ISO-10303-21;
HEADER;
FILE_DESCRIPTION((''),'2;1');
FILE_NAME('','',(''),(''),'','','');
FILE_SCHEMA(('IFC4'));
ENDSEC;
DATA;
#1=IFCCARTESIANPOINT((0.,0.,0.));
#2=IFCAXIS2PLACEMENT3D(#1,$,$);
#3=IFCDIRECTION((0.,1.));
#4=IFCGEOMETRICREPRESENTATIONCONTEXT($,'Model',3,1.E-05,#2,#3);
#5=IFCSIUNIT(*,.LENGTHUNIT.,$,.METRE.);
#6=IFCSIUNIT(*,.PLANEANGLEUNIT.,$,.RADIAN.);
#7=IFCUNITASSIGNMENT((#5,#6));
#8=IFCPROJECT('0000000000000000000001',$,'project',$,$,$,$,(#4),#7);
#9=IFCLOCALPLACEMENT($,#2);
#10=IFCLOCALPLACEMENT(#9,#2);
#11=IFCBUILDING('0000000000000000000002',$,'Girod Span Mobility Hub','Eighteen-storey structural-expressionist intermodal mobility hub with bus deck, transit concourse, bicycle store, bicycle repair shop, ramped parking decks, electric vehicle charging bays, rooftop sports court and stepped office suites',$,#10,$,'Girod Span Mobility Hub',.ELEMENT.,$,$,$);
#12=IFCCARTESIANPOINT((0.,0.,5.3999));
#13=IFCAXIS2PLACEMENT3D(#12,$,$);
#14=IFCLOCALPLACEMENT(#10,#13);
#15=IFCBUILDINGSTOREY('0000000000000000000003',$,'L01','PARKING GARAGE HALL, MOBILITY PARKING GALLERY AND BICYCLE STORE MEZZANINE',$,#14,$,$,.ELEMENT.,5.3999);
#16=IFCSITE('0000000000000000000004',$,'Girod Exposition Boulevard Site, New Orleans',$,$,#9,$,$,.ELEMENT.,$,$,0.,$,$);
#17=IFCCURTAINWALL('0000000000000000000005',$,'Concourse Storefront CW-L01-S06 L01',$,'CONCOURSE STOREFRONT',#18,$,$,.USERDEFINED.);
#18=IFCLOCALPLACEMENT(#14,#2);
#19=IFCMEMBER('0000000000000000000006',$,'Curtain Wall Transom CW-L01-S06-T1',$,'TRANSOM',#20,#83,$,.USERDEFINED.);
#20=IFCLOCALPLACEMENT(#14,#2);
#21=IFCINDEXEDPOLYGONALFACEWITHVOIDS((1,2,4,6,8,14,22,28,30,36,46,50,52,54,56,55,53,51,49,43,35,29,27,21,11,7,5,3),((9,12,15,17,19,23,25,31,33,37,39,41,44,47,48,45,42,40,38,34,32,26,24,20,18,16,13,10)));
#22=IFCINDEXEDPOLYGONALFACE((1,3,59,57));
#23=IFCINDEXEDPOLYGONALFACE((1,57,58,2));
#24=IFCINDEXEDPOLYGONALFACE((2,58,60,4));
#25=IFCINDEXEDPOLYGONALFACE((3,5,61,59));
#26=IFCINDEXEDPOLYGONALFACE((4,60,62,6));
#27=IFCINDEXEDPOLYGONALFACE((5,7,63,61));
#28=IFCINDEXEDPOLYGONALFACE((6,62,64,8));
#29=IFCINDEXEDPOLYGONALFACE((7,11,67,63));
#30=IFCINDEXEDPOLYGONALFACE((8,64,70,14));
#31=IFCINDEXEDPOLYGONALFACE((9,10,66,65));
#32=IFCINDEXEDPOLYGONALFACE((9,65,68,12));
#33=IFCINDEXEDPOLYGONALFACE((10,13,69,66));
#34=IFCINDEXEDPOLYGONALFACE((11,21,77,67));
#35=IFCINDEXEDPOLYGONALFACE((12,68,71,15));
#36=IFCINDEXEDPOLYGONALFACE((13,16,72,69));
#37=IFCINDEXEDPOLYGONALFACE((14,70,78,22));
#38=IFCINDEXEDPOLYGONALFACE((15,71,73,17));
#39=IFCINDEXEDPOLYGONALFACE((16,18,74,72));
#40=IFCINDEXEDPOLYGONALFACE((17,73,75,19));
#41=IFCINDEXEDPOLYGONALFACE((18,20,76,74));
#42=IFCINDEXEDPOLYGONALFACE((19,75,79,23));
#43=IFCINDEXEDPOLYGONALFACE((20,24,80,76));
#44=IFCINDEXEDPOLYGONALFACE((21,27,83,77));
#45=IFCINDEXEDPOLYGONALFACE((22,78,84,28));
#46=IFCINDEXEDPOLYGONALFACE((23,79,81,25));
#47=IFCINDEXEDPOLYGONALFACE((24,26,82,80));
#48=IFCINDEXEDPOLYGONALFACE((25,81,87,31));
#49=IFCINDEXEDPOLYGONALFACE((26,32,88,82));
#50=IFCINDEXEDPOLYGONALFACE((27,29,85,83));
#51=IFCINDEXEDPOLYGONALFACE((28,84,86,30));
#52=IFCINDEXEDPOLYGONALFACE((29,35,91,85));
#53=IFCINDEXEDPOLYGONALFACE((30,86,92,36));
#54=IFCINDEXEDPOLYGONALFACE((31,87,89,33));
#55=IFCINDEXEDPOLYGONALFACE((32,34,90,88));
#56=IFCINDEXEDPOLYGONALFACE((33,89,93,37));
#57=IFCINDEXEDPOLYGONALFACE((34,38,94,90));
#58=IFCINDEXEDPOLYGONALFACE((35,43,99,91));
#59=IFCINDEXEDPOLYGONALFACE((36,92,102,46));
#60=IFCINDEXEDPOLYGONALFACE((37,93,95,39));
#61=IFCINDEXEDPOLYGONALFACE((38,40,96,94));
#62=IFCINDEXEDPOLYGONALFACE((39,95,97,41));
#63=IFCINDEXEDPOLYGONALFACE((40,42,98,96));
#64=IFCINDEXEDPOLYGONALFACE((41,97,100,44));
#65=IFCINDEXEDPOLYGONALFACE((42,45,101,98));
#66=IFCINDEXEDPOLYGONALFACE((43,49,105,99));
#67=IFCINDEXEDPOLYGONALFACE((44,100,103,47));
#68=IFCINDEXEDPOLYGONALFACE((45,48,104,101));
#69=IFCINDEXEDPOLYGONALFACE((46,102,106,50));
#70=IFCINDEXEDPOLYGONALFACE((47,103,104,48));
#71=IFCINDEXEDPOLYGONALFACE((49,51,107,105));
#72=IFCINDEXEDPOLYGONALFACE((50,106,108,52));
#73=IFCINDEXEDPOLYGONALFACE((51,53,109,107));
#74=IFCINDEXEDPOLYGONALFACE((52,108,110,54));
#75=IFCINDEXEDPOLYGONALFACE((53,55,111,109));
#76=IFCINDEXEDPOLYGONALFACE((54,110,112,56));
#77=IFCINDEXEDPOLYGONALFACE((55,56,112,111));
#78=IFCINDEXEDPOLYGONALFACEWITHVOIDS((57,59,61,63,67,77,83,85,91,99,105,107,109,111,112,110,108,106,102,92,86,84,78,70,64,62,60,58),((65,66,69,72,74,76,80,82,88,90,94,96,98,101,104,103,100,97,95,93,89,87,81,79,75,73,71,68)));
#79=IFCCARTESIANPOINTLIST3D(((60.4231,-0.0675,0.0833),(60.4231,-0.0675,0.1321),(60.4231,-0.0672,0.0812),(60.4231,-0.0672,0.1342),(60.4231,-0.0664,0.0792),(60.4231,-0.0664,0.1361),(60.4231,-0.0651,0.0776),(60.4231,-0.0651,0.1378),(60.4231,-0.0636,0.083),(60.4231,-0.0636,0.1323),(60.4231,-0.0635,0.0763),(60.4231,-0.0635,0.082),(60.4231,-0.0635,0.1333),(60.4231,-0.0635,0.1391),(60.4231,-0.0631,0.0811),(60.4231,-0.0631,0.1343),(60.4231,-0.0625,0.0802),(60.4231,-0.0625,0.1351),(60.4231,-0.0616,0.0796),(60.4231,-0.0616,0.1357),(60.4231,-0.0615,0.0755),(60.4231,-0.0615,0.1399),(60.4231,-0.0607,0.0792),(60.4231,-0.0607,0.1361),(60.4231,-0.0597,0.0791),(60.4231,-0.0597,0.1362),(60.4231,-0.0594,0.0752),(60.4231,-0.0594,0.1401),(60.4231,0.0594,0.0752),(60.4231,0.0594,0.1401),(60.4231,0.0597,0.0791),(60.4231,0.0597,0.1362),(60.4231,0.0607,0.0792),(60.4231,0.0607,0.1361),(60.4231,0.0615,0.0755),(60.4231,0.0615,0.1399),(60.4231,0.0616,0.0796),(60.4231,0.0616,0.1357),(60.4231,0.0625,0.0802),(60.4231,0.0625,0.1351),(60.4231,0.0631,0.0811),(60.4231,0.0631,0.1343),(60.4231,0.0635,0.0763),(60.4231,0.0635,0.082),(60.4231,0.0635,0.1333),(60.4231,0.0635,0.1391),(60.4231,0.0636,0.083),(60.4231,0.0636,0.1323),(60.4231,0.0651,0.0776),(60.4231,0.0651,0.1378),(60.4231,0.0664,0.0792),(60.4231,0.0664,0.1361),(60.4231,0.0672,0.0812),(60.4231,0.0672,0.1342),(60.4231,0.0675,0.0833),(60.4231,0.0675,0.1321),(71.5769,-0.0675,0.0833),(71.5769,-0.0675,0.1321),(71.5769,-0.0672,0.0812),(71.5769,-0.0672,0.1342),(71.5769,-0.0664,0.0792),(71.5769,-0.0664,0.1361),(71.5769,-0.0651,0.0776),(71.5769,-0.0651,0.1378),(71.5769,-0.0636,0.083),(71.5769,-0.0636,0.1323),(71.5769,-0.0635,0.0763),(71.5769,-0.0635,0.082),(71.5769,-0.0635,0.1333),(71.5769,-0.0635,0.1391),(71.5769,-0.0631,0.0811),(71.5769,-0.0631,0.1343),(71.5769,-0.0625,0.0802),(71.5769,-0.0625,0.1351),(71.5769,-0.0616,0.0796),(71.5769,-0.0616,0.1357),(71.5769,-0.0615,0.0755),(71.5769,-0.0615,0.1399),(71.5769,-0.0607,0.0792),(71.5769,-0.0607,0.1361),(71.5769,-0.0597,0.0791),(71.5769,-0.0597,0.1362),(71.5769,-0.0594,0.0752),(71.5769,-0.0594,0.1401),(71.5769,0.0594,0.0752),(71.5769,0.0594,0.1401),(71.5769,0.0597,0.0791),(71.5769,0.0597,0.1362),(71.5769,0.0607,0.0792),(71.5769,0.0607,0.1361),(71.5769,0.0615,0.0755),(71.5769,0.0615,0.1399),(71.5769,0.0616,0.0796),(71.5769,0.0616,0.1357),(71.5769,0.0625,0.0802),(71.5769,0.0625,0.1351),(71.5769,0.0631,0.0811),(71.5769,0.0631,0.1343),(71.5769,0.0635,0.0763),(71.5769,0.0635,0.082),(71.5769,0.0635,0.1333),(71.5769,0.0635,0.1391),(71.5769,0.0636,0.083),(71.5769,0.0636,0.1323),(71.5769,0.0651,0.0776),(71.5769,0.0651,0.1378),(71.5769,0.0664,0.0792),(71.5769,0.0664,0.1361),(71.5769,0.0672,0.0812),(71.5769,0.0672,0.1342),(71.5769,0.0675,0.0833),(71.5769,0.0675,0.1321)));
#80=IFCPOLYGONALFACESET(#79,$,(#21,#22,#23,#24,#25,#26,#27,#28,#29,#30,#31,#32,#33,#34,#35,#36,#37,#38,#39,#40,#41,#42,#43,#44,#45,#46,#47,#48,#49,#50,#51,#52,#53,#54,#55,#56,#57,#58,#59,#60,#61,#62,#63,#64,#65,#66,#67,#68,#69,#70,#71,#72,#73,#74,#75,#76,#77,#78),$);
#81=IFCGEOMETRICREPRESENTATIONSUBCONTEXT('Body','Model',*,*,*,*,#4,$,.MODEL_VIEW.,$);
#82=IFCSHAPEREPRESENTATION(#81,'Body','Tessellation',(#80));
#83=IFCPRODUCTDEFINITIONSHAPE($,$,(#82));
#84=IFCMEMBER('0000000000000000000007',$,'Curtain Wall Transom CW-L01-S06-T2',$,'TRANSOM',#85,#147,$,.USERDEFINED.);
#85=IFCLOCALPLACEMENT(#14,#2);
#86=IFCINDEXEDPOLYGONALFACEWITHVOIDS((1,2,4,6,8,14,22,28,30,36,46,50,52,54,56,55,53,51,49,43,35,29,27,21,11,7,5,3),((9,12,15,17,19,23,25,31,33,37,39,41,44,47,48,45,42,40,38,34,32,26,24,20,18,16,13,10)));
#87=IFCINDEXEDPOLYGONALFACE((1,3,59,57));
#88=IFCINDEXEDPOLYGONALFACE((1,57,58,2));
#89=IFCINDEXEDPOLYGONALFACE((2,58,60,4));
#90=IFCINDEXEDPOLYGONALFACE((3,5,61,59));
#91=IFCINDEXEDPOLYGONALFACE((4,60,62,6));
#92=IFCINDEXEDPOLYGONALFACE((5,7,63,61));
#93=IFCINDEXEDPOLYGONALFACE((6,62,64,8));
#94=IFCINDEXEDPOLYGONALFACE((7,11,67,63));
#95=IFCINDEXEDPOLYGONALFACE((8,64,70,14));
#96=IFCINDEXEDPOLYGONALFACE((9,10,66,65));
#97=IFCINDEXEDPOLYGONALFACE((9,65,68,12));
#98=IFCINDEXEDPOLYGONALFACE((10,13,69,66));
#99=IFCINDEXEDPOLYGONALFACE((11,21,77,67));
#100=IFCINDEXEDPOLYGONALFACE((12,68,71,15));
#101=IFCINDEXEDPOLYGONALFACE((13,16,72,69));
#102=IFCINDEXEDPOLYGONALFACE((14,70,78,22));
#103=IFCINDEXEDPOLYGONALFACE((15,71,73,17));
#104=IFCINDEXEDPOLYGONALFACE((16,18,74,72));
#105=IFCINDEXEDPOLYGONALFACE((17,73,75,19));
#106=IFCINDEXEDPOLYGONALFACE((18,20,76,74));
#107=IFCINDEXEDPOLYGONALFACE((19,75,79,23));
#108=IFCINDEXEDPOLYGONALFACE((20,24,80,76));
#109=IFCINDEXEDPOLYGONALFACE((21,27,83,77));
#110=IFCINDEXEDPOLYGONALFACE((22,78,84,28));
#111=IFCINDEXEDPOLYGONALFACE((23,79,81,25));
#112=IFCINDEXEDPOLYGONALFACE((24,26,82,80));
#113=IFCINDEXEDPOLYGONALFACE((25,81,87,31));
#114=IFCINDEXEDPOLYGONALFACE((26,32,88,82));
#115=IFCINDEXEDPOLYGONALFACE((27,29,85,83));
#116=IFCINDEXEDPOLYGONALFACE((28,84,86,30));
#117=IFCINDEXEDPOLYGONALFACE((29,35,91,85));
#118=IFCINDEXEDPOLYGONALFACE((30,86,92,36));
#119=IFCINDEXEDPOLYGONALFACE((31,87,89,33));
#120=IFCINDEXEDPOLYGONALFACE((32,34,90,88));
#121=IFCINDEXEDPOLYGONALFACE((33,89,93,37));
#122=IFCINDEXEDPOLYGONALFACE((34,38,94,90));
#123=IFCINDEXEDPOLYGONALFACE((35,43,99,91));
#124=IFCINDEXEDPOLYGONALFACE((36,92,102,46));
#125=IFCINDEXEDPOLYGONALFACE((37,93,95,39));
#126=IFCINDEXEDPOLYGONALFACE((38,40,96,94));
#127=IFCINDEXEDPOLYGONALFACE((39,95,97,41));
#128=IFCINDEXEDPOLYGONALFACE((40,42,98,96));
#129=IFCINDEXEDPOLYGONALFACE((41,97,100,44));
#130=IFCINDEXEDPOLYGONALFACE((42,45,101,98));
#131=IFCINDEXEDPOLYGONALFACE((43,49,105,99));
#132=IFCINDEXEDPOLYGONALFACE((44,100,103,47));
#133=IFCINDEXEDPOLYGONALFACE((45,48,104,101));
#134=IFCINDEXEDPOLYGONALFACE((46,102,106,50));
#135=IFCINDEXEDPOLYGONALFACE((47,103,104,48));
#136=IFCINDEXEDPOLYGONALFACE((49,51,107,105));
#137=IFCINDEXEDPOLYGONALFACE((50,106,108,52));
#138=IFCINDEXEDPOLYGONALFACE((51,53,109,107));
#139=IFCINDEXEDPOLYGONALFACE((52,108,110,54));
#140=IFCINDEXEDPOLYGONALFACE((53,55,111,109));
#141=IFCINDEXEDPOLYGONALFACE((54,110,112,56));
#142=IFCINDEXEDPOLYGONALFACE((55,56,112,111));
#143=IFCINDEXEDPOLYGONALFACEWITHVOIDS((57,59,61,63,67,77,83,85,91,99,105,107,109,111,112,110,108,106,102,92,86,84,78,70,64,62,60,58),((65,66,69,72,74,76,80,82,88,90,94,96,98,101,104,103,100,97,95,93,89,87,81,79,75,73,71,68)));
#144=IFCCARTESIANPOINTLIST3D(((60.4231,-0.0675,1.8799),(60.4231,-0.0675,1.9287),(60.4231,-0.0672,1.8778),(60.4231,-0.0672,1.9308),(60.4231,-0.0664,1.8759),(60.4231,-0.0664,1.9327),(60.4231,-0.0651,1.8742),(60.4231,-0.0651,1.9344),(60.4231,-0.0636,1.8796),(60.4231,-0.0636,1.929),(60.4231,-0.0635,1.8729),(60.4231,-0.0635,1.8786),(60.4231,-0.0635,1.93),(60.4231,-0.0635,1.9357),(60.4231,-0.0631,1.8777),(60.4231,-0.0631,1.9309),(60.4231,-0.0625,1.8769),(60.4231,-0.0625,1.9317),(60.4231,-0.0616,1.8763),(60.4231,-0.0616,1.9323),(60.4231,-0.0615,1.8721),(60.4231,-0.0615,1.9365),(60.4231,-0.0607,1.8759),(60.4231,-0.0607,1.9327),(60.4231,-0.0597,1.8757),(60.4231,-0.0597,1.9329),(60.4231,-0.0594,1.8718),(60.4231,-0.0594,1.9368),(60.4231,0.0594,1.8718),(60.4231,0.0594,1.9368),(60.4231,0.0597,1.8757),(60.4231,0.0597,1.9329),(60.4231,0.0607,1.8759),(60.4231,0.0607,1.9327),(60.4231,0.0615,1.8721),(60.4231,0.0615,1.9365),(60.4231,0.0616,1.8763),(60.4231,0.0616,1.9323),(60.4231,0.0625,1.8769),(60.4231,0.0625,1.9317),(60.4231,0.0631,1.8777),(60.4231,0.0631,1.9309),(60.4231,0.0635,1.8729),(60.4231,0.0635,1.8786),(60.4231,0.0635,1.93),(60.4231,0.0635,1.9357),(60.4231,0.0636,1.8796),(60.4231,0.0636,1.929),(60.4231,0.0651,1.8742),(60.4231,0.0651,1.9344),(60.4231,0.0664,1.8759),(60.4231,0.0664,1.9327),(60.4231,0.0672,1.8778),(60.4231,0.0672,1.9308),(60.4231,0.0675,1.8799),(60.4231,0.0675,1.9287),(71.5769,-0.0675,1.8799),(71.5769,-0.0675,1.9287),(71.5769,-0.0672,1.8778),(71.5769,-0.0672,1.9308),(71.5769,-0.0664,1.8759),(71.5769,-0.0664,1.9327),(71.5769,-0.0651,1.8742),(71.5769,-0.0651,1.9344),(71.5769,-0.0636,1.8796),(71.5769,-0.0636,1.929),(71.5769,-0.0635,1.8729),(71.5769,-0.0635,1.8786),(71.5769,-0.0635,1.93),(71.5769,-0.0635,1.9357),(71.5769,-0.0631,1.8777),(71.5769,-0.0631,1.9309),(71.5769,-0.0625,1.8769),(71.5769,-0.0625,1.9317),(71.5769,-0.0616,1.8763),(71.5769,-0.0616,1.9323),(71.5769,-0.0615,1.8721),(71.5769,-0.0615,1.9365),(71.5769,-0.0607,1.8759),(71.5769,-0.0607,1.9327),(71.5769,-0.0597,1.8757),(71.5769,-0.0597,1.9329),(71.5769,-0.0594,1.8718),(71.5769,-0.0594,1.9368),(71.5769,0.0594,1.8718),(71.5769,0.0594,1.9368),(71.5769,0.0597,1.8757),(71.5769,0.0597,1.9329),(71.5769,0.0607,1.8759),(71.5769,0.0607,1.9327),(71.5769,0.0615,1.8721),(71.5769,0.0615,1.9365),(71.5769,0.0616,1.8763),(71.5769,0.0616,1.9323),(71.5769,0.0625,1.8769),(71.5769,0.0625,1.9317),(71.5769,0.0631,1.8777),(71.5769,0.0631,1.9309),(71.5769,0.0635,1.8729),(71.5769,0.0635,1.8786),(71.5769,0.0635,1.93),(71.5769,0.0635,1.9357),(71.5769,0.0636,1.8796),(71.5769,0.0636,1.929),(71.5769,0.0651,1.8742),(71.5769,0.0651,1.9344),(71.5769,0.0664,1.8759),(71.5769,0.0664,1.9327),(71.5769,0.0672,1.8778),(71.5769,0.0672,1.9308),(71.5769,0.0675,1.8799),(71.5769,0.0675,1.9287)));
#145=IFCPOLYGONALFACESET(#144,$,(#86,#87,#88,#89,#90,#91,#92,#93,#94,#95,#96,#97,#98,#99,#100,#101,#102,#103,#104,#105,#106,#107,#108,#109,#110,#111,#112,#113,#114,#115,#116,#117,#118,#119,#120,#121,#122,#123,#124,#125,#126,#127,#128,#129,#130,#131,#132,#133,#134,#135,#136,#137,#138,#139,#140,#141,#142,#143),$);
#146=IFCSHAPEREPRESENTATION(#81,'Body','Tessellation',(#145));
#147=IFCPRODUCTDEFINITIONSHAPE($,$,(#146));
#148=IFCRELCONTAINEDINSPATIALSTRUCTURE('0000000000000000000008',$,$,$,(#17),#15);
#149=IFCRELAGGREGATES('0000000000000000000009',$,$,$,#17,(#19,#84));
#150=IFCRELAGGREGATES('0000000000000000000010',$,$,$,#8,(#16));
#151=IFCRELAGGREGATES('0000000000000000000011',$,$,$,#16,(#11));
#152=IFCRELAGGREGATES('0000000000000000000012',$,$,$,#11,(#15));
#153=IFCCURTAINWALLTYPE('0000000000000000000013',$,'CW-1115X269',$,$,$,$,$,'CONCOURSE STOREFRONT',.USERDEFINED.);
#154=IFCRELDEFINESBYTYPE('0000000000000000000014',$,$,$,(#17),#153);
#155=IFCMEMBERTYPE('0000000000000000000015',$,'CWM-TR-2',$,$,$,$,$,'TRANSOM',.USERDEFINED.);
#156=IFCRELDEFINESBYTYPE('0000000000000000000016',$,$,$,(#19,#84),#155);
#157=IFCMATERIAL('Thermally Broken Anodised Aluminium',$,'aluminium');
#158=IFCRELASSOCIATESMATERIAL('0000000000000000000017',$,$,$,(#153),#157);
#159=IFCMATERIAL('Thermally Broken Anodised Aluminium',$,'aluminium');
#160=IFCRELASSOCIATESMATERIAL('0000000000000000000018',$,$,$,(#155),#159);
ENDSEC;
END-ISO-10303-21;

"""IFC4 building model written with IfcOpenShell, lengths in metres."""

from ifc_helpers import new_model, si_unit, direction, frame, origin, origin_2d, place, context, subcontext, project, spatial, hollow_rectangle, extrude, material, material_profile, profile_set, type_object, element, aggregate, save


model = new_model("IFC4")

# Units and contexts
model_context = context("Model", 3, precision=1e-05, world=origin(), true_north=direction((0.0, 1.0)))
body_context = subcontext(model_context, "Body", "Model", "MODEL_VIEW")
ifc_project = project(units=[si_unit("LENGTHUNIT", "METRE"), si_unit("PLANEANGLEUNIT", "RADIAN")], contexts=[model_context])

# Site, building, storey
site_placement = place(None, origin())
site = spatial("IfcSite", under=ifc_project, at=site_placement, Name="Girod Exposition Boulevard Site, New Orleans", CompositionType="ELEMENT", RefElevation=0.0)
building_placement = place(site_placement, origin())
building = spatial("IfcBuilding", under=site, at=building_placement, Name="Girod Span Mobility Hub", Description="Eighteen-storey structural-expressionist intermodal mobility hub with bus deck, transit concourse, bicycle store, bicycle repair shop, ramped parking decks, electric vehicle charging bays, rooftop sports court and stepped office suites", LongName="Girod Span Mobility Hub", CompositionType="ELEMENT")
storey_placement = place(building_placement, frame((0.0, 0.0, 5.3999)))
storey = spatial("IfcBuildingStorey", under=building, at=storey_placement, Name="L01", Description="PARKING GARAGE HALL, MOBILITY PARKING GALLERY AND BICYCLE STORE MEZZANINE", CompositionType="ELEMENT", Elevation=5.3999)

# Curtain wall, members
ifc_material_1 = material(Name="Thermally Broken Anodised Aluminium", Category="aluminium")
curtain_wall_type = type_object("IfcCurtainWallType", Name="CW-1115X269", ElementType="CONCOURSE STOREFRONT", PredefinedType="USERDEFINED", material=ifc_material_1)
curtain_wall_placement = place(storey_placement, origin())
curtain_wall = element("IfcCurtainWall", 1, at=curtain_wall_placement, inside=storey, type_object=curtain_wall_type, Name="Concourse Storefront CW-L01-S06 L01", ObjectType="CONCOURSE STOREFRONT", PredefinedType="USERDEFINED")
ifc_material_2 = material(Name="Thermally Broken Anodised Aluminium", Category="aluminium")
ifc_material_profile_1 = material_profile(ifc_material_2, hollow_rectangle(XDim=0.135, YDim=0.0649, WallThickness=0.0039, InnerFilletRadius=0.0039, OuterFilletRadius=0.0081, at=origin_2d()), Name="CW-TR-65X135")
ifc_profile_set_1 = profile_set([ifc_material_profile_1], Name="Thermally Broken Anodised Aluminium")
member_type_1 = type_object("IfcMemberType", Name="CWM-TR-2", ElementType="TRANSOM", PredefinedType="USERDEFINED", material=ifc_profile_set_1)
member_1_placement = place(storey_placement, frame((60.4231, 0.0, 0.1077), z_axis=(1.0, 0.0, 0.0), x_axis=(0.0, 1.0, 0.0)))
member_1 = element("IfcMember", 2, at=member_1_placement, type_object=member_type_1, Name="Curtain Wall Transom CW-L01-S06-T1", ObjectType="TRANSOM", PredefinedType="USERDEFINED", context=body_context, shape_type="SweptSolid", body=[
    extrude(hollow_rectangle(XDim=0.135, YDim=0.0649, WallThickness=0.0039, InnerFilletRadius=0.0039, OuterFilletRadius=0.0081, at=origin_2d()), origin(), (0.0, 0.0, 1.0), 11.1538),
])
member_2_placement = place(storey_placement, frame((60.4231, 0.0, 1.9043), z_axis=(1.0, 0.0, 0.0), x_axis=(0.0, 1.0, 0.0)))
member_2 = element("IfcMember", 3, at=member_2_placement, type_object=member_type_1, Name="Curtain Wall Transom CW-L01-S06-T2", ObjectType="TRANSOM", PredefinedType="USERDEFINED", context=body_context, shape_type="SweptSolid", body=[
    extrude(hollow_rectangle(XDim=0.135, YDim=0.0649, WallThickness=0.0039, InnerFilletRadius=0.0039, OuterFilletRadius=0.0081, at=origin_2d()), origin(), (0.0, 0.0, 1.0), 11.1538),
])
aggregate(curtain_wall, [member_1, member_2])

save(model, "model.ifc")
